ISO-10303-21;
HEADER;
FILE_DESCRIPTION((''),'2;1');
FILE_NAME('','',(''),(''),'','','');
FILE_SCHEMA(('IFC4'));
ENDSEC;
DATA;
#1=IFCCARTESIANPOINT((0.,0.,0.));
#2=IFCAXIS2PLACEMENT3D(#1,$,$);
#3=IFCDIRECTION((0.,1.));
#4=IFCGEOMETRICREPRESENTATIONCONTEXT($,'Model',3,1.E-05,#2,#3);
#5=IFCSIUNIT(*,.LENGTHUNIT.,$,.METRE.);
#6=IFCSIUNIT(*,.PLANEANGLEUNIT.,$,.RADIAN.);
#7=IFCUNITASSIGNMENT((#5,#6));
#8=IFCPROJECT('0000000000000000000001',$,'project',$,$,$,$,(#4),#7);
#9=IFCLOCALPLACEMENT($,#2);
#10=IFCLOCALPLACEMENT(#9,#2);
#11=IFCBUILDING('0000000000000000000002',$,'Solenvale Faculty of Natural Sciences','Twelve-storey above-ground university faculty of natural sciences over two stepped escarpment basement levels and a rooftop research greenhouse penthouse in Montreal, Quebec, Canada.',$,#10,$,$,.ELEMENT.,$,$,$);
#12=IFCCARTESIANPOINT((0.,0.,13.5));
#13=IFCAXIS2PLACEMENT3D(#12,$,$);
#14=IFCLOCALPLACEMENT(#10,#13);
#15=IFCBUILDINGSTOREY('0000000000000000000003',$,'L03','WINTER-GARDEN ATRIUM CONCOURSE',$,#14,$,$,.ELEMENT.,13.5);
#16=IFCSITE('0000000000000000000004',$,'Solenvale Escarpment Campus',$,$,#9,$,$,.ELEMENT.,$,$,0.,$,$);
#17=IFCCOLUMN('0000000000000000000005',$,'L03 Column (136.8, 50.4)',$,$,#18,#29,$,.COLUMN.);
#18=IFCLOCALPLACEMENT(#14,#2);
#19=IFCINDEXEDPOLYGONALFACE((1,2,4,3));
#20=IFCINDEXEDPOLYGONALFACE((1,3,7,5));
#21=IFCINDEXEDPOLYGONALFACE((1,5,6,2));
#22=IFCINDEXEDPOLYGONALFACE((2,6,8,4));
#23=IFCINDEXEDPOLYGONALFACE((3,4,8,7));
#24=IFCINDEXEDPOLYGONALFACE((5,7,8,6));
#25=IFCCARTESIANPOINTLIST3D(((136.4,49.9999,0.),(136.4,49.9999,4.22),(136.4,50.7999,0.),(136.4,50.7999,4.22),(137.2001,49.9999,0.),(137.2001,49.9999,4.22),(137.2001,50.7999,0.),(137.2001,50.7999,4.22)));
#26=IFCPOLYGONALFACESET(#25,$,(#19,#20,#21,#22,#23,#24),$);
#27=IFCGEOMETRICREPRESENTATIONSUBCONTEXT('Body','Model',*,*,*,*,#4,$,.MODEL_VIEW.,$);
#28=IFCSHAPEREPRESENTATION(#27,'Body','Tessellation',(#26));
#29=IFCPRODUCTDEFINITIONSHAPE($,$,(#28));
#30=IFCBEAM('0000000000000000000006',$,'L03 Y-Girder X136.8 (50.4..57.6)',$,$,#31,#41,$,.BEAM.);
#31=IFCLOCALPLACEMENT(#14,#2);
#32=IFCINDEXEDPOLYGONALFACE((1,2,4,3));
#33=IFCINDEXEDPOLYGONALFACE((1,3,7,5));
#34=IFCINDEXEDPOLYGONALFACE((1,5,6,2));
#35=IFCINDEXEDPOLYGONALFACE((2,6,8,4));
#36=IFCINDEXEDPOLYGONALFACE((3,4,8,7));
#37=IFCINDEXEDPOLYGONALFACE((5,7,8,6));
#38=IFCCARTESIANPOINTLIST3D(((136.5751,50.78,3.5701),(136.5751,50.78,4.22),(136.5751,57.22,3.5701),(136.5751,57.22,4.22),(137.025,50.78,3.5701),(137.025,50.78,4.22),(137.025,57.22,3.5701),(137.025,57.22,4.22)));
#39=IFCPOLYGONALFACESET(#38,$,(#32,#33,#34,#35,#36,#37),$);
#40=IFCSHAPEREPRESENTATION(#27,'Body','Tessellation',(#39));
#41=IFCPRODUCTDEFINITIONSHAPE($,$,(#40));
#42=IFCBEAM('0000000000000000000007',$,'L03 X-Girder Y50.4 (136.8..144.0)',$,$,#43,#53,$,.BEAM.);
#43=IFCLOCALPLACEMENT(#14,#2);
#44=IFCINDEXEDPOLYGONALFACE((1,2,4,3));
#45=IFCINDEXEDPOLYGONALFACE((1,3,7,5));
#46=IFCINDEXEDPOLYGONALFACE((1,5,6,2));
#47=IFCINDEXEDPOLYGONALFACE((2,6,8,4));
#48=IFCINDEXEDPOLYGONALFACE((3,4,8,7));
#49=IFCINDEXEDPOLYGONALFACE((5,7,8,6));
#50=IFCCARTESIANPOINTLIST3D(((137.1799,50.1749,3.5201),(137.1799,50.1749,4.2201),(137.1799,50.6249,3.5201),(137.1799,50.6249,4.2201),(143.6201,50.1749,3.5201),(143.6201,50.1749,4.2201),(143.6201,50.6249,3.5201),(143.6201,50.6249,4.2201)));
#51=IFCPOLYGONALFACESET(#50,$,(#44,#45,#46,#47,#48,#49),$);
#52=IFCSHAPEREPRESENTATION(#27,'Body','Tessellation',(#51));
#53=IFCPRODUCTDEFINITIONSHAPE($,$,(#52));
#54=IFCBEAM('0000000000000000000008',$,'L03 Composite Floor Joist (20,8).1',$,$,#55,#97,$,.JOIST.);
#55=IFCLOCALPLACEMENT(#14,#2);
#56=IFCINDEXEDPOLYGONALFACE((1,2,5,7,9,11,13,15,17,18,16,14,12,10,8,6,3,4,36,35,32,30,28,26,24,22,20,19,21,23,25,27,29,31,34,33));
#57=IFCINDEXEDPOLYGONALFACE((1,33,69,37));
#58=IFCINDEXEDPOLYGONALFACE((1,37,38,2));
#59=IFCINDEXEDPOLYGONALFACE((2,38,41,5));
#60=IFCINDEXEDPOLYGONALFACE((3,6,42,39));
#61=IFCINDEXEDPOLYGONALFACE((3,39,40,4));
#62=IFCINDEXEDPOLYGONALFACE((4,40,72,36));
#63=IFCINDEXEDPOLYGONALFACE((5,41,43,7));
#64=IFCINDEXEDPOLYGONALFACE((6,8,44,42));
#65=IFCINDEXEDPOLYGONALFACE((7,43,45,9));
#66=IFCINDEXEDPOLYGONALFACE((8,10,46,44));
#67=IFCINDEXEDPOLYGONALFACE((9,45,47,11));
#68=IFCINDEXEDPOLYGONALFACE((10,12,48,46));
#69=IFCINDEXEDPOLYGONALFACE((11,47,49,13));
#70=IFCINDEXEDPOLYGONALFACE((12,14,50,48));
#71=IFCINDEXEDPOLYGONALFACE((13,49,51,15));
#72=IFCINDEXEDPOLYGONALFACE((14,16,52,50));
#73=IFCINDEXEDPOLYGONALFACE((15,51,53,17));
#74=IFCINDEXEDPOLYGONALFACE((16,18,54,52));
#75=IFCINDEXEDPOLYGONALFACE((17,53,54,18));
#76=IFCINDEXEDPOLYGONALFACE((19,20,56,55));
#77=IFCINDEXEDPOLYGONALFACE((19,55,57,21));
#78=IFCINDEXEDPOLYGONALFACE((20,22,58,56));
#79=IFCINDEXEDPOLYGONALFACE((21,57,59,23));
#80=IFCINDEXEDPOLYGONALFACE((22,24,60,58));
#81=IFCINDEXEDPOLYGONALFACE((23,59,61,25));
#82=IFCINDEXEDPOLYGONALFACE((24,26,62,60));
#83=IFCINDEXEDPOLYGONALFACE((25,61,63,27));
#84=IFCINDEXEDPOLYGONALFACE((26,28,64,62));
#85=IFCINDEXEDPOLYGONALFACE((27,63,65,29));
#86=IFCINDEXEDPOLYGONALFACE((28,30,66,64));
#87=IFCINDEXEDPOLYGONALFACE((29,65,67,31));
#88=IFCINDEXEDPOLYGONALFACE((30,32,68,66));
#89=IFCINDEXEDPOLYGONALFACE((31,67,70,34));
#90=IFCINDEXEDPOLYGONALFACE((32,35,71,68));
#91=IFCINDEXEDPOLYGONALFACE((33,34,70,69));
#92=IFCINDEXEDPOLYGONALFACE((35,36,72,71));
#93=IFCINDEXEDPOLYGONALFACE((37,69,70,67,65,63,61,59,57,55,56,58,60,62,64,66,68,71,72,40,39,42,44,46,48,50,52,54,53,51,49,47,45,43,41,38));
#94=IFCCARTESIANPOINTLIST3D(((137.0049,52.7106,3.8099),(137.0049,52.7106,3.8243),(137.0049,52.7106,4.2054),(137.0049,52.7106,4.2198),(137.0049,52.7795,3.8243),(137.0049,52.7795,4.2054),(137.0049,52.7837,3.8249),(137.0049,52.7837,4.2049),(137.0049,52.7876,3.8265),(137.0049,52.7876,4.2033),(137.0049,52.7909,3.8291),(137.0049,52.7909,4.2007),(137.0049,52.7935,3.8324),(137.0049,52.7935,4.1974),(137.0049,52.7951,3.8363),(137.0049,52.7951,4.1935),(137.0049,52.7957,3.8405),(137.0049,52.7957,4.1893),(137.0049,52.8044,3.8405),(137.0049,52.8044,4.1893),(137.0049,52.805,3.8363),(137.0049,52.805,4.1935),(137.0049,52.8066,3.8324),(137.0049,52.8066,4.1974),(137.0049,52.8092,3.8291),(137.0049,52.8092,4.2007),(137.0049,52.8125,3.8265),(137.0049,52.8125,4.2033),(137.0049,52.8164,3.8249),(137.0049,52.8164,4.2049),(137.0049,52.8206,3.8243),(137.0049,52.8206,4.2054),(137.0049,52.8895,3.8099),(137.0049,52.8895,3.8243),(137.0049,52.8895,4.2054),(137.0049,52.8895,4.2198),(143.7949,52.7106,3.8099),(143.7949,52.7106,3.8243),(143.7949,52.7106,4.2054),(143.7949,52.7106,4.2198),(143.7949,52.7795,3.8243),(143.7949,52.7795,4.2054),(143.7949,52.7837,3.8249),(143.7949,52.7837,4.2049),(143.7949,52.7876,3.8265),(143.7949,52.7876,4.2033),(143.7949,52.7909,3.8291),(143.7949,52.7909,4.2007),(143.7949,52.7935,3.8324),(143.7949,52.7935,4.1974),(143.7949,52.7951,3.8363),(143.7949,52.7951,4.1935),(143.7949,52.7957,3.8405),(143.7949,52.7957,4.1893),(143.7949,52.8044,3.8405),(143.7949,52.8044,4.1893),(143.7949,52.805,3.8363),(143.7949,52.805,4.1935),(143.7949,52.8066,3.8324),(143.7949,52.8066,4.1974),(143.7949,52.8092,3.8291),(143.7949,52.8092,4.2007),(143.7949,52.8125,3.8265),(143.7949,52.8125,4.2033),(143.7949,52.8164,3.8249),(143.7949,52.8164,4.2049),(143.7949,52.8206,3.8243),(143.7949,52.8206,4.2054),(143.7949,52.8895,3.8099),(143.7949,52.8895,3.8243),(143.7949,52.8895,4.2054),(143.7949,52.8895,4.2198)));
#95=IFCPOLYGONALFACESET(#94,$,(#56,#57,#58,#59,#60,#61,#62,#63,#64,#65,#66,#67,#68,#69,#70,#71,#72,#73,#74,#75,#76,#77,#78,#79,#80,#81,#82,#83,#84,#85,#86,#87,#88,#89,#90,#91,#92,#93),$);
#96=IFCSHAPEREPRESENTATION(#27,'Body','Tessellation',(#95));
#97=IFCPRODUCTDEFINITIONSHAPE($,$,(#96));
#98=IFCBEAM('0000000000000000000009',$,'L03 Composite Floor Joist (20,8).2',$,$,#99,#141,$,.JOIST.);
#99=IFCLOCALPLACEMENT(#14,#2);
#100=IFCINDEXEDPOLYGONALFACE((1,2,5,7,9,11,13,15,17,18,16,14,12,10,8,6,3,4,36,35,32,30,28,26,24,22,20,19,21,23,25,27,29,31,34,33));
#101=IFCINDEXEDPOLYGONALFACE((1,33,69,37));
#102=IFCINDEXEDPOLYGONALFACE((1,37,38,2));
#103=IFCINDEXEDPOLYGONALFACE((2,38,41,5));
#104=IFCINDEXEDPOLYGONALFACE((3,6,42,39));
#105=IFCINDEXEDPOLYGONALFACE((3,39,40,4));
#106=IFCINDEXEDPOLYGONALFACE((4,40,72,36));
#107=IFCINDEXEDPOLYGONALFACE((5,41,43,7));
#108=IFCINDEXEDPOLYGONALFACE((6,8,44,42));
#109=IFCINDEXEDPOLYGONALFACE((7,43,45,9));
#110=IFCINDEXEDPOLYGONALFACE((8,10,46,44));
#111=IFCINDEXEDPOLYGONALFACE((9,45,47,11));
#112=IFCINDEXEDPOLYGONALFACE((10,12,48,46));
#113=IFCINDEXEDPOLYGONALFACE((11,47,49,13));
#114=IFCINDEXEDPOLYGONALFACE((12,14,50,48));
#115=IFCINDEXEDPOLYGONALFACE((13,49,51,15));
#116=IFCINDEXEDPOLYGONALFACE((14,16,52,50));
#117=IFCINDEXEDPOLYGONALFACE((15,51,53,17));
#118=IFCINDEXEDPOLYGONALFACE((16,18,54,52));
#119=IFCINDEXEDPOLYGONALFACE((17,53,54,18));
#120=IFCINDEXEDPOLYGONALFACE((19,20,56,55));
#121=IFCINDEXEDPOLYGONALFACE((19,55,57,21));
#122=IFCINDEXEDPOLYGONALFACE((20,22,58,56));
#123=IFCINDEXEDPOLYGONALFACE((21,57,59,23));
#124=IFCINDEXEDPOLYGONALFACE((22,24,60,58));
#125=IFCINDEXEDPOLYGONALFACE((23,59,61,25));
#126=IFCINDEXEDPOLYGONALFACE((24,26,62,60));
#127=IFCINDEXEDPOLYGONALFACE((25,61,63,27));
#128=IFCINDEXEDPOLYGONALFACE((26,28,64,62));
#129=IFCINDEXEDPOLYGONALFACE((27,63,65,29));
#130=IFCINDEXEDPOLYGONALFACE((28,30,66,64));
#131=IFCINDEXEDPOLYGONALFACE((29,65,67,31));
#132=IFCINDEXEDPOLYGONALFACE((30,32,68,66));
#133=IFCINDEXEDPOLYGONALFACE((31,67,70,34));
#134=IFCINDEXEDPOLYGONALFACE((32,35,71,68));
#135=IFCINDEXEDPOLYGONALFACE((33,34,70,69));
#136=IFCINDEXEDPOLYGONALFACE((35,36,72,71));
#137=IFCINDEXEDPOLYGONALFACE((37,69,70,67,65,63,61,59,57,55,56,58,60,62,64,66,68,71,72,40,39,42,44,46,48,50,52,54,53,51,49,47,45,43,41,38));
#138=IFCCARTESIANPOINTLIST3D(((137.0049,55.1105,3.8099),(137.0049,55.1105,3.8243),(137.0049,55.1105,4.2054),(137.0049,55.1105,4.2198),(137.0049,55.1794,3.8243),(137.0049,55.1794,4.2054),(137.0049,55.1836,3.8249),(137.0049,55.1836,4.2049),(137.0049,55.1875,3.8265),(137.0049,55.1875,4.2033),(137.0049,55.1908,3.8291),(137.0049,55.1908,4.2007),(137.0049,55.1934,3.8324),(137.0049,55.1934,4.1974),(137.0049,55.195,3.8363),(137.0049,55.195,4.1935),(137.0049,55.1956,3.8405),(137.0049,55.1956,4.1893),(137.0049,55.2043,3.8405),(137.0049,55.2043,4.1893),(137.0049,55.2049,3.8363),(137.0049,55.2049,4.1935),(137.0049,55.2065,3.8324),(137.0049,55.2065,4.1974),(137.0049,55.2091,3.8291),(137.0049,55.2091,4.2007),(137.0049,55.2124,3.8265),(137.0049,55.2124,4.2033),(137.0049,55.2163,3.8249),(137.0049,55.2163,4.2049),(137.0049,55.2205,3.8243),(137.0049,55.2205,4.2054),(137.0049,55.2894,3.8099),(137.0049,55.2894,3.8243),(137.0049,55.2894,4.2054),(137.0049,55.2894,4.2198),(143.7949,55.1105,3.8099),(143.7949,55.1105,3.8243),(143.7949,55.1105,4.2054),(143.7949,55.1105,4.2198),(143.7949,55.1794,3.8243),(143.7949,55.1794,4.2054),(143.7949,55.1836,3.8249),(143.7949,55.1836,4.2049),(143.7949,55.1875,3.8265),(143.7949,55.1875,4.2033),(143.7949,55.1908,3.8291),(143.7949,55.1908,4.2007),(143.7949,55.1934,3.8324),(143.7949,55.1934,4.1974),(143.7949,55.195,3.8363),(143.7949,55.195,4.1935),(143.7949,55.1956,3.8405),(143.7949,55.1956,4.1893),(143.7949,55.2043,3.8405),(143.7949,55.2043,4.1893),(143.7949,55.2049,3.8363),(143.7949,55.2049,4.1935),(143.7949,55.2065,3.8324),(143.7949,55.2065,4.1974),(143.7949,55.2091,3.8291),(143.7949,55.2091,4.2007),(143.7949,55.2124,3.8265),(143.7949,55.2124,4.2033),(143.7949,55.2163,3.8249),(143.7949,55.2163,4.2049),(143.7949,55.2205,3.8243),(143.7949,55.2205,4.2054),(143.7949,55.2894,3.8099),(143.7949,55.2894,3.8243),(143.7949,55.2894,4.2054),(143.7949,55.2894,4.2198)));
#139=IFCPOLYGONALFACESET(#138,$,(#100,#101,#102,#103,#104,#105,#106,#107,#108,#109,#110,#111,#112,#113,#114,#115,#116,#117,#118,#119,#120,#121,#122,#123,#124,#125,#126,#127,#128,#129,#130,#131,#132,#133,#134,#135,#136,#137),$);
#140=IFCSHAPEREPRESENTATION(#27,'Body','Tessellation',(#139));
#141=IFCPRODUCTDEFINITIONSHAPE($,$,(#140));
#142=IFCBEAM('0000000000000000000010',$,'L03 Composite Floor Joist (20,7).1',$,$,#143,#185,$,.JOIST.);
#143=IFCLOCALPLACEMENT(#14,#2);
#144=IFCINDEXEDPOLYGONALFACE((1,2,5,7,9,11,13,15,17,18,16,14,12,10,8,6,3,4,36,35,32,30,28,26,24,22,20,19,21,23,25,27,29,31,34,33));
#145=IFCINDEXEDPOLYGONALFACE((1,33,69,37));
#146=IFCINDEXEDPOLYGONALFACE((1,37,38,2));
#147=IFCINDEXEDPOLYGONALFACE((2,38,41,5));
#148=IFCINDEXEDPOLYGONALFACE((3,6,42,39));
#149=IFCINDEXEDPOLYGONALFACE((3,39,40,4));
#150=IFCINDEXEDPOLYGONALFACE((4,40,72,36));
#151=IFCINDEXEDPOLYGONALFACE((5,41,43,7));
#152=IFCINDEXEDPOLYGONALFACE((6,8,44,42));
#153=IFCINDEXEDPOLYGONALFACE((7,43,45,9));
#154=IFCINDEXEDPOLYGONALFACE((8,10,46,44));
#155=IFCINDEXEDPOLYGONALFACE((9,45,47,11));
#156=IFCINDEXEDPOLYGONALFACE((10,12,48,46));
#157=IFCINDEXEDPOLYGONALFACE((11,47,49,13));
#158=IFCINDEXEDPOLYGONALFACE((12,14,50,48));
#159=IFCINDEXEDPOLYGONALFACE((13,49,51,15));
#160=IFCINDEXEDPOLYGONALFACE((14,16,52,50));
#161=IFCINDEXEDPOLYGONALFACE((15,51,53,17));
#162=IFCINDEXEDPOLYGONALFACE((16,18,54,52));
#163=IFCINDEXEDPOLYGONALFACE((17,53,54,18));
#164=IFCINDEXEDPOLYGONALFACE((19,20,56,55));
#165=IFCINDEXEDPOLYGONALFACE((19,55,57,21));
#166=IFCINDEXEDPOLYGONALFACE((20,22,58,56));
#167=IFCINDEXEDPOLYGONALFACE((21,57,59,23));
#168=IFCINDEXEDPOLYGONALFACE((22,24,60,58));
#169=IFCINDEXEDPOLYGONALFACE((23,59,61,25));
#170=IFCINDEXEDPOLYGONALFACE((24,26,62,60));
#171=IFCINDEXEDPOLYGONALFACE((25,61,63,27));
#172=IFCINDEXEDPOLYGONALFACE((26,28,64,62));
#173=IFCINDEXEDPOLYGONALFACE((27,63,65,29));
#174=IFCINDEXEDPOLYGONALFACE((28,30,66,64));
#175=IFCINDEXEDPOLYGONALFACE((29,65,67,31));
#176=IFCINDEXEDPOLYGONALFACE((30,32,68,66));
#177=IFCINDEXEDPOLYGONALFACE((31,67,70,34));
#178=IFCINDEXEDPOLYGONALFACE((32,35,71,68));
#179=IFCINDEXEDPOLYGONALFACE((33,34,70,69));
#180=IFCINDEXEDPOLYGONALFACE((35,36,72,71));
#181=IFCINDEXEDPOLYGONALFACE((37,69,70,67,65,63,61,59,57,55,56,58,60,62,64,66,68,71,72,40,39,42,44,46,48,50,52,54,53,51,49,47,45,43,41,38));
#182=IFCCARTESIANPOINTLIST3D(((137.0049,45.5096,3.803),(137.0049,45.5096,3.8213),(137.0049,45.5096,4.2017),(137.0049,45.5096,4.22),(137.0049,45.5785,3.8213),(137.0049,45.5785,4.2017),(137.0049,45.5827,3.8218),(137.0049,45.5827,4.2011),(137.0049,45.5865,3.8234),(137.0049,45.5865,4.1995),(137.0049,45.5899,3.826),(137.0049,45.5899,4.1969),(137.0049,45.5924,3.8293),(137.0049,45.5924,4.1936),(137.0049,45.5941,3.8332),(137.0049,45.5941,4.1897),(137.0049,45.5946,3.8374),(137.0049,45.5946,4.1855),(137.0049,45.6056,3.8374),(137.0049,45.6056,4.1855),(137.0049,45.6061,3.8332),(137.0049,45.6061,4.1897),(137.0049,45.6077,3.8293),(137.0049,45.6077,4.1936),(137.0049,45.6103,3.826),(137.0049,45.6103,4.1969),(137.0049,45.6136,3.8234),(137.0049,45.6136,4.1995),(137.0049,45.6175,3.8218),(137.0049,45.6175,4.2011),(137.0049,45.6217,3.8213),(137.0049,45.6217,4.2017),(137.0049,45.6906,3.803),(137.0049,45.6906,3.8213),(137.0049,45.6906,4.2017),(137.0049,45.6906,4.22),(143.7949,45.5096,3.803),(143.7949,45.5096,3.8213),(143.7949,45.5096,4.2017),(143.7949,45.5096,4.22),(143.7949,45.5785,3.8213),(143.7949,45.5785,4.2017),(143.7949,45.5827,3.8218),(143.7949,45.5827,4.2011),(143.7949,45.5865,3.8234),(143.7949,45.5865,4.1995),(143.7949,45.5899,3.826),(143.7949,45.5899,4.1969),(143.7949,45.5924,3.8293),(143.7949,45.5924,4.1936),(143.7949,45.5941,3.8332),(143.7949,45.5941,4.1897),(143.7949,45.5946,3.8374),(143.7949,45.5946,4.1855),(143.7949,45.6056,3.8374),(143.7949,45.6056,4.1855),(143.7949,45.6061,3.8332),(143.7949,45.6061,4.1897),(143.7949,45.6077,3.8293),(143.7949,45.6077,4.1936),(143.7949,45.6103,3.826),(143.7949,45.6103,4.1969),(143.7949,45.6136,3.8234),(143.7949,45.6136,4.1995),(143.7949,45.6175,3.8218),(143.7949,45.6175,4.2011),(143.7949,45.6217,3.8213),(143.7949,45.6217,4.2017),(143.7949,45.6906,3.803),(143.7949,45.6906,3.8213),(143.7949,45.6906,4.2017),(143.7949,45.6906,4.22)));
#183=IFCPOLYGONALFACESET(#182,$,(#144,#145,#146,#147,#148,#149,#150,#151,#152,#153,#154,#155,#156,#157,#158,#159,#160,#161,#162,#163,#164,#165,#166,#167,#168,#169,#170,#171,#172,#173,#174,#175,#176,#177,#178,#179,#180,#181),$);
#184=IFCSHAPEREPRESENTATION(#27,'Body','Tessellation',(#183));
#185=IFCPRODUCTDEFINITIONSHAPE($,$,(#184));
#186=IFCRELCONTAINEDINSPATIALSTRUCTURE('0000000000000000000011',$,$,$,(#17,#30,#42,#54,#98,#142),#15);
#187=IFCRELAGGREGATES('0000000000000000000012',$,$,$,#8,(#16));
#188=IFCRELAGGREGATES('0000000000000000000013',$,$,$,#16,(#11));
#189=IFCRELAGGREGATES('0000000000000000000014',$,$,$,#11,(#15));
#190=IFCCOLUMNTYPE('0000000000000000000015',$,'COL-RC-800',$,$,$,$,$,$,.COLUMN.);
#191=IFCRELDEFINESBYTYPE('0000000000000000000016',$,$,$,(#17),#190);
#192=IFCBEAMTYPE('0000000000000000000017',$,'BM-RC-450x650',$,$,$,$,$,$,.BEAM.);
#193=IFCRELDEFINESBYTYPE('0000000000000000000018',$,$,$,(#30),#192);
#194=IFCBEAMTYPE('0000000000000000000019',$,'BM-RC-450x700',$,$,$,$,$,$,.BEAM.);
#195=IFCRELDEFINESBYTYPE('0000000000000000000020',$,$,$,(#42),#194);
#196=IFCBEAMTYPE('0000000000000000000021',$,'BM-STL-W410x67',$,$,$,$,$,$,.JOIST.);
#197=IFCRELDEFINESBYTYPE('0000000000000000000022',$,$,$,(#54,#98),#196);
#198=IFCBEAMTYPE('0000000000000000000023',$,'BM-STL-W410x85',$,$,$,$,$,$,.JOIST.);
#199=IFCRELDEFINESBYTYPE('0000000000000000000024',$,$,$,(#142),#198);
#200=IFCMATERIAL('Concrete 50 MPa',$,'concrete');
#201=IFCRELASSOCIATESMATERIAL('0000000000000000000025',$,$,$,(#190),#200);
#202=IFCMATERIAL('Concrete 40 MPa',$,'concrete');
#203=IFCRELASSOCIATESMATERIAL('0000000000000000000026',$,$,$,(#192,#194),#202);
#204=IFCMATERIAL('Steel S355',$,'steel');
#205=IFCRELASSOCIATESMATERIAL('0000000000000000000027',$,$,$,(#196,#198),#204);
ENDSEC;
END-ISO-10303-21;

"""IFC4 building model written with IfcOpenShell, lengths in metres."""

from ifc_helpers import new_model, si_unit, direction, frame, origin, origin_2d, place, context, subcontext, project, spatial, rectangle, i_section, extrude, material, material_profile, profile_set, type_object, element, save


model = new_model("IFC4")

# Units and contexts
model_context = context("Model", 3, precision=1e-05, world=origin(), true_north=direction((0.0, 1.0)))
body_context = subcontext(model_context, "Body", "Model", "MODEL_VIEW")
ifc_project = project(units=[si_unit("LENGTHUNIT", "METRE"), si_unit("PLANEANGLEUNIT", "RADIAN")], contexts=[model_context])

# Site, building, storey
site_placement = place(None, origin())
site = spatial("IfcSite", under=ifc_project, at=site_placement, Name="Solenvale Escarpment Campus", CompositionType="ELEMENT", RefElevation=0.0)
building_placement = place(site_placement, origin())
building = spatial("IfcBuilding", under=site, at=building_placement, Name="Solenvale Faculty of Natural Sciences", Description="Twelve-storey above-ground university faculty of natural sciences over two stepped escarpment basement levels and a rooftop research greenhouse penthouse in Montreal, Quebec, Canada.", CompositionType="ELEMENT")
storey_placement = place(building_placement, frame((0.0, 0.0, 13.5)))
storey = spatial("IfcBuildingStorey", under=building, at=storey_placement, Name="L03", Description="WINTER-GARDEN ATRIUM CONCOURSE", CompositionType="ELEMENT", Elevation=13.5)

# Column
ifc_material_1 = material(Name="Concrete 50 MPa", Category="concrete")
ifc_material_profile_1 = material_profile(ifc_material_1, rectangle(XDim=0.8, YDim=0.8, at=origin_2d()), Name="RC-COL-800x800")
ifc_profile_set_1 = profile_set([ifc_material_profile_1], Name="Concrete 50 MPa")
column_type = type_object("IfcColumnType", Name="COL-RC-800", PredefinedType="COLUMN", material=ifc_profile_set_1)
column_placement = place(storey_placement, frame((136.8, 50.3999, 0.0), z_axis=(0.0, 0.0, 1.0), x_axis=(1.0, 0.0, 0.0)))
element("IfcColumn", 1, at=column_placement, inside=storey, type_object=column_type, Name="L03 Column (136.8, 50.4)", PredefinedType="COLUMN", context=body_context, shape_type="SweptSolid", body=[
    extrude(rectangle(XDim=0.8, YDim=0.8, at=origin_2d()), origin(), (0.0, 0.0, 1.0), 4.22),
])

# Beams
ifc_material_2 = material(Name="Concrete 40 MPa", Category="concrete")
ifc_material_profile_2 = material_profile(ifc_material_2, rectangle(XDim=0.45, YDim=0.6499, at=origin_2d()), Name="RC-BM-450x650")
ifc_profile_set_2 = profile_set([ifc_material_profile_2], Name="Concrete 40 MPa")
beam_type_1 = type_object("IfcBeamType", Name="BM-RC-450x650", PredefinedType="BEAM", material=ifc_profile_set_2)
beam_1_placement = place(storey_placement, frame((136.8, 50.78, 3.895), z_axis=(0.0, 1.0, 0.0), x_axis=(-1.0, 0.0, 0.0)))
element("IfcBeam", 2, at=beam_1_placement, inside=storey, type_object=beam_type_1, Name="L03 Y-Girder X136.8 (50.4..57.6)", PredefinedType="BEAM", context=body_context, shape_type="SweptSolid", body=[
    extrude(rectangle(XDim=0.45, YDim=0.6499, at=origin_2d()), origin(), (0.0, 0.0, 1.0), 6.4399),
])
ifc_material_profile_3 = material_profile(ifc_material_2, rectangle(XDim=0.45, YDim=0.7, at=origin_2d()), Name="RC-BM-450x700")
ifc_profile_set_3 = profile_set([ifc_material_profile_3], Name="Concrete 40 MPa")
beam_type_2 = type_object("IfcBeamType", Name="BM-RC-450x700", PredefinedType="BEAM", material=ifc_profile_set_3)
beam_2_placement = place(storey_placement, frame((137.1799, 50.3999, 3.8701), z_axis=(1.0, 0.0, 0.0), x_axis=(0.0, 1.0, 0.0)))
element("IfcBeam", 3, at=beam_2_placement, inside=storey, type_object=beam_type_2, Name="L03 X-Girder Y50.4 (136.8..144.0)", PredefinedType="BEAM", context=body_context, shape_type="SweptSolid", body=[
    extrude(rectangle(XDim=0.45, YDim=0.7, at=origin_2d()), origin(), (0.0, 0.0, 1.0), 6.4402),
])
ifc_material_3 = material(Name="Steel S355", Category="steel")
ifc_material_profile_4 = material_profile(ifc_material_3, i_section(OverallWidth=0.179, OverallDepth=0.4099, WebThickness=0.0088, FlangeThickness=0.0144, FilletRadius=0.0161, at=origin_2d()), Name="W410x67")
ifc_profile_set_4 = profile_set([ifc_material_profile_4], Name="Steel S355")
beam_type_3 = type_object("IfcBeamType", Name="BM-STL-W410x67", PredefinedType="JOIST", material=ifc_profile_set_4)
for number, where, z_axis, x_axis, name in (
    (4, (137.0049, 52.8, 4.0149), (1.0, 0.0, 0.0), (0.0, 1.0, 0.0), "L03 Composite Floor Joist (20,8).1"),
    (5, (137.0049, 55.2, 4.0149), (1.0, 0.0, 0.0), (0.0, 1.0, 0.0), "L03 Composite Floor Joist (20,8).2"),
):
    element("IfcBeam", number, at=place(storey_placement, frame(where, z_axis=z_axis, x_axis=x_axis)), inside=storey, type_object=beam_type_3, Name=name, PredefinedType="JOIST", context=body_context, shape_type="SweptSolid", body=[
        extrude(i_section(OverallWidth=0.179, OverallDepth=0.4099, WebThickness=0.0088, FlangeThickness=0.0144, FilletRadius=0.0161, at=origin_2d()), origin(), (0.0, 0.0, 1.0), 6.79),
    ])
ifc_material_profile_5 = material_profile(ifc_material_3, i_section(OverallWidth=0.1809, OverallDepth=0.417, WebThickness=0.011, FlangeThickness=0.0183, FilletRadius=0.0161, at=origin_2d()), Name="W410x85")
ifc_profile_set_5 = profile_set([ifc_material_profile_5], Name="Steel S355")
beam_type_4 = type_object("IfcBeamType", Name="BM-STL-W410x85", PredefinedType="JOIST", material=ifc_profile_set_5)
for number, where, z_axis, x_axis, name in (
    (6, (137.0049, 45.6001, 4.0115), (1.0, 0.0, 0.0), (0.0, 1.0, 0.0), "L03 Composite Floor Joist (20,7).1"),
):
    element("IfcBeam", number, at=place(storey_placement, frame(where, z_axis=z_axis, x_axis=x_axis)), inside=storey, type_object=beam_type_4, Name=name, PredefinedType="JOIST", context=body_context, shape_type="SweptSolid", body=[
        extrude(i_section(OverallWidth=0.1809, OverallDepth=0.417, WebThickness=0.011, FlangeThickness=0.0183, FilletRadius=0.0161, at=origin_2d()), origin(), (0.0, 0.0, 1.0), 6.79),
    ])

save(model, "model.ifc")
